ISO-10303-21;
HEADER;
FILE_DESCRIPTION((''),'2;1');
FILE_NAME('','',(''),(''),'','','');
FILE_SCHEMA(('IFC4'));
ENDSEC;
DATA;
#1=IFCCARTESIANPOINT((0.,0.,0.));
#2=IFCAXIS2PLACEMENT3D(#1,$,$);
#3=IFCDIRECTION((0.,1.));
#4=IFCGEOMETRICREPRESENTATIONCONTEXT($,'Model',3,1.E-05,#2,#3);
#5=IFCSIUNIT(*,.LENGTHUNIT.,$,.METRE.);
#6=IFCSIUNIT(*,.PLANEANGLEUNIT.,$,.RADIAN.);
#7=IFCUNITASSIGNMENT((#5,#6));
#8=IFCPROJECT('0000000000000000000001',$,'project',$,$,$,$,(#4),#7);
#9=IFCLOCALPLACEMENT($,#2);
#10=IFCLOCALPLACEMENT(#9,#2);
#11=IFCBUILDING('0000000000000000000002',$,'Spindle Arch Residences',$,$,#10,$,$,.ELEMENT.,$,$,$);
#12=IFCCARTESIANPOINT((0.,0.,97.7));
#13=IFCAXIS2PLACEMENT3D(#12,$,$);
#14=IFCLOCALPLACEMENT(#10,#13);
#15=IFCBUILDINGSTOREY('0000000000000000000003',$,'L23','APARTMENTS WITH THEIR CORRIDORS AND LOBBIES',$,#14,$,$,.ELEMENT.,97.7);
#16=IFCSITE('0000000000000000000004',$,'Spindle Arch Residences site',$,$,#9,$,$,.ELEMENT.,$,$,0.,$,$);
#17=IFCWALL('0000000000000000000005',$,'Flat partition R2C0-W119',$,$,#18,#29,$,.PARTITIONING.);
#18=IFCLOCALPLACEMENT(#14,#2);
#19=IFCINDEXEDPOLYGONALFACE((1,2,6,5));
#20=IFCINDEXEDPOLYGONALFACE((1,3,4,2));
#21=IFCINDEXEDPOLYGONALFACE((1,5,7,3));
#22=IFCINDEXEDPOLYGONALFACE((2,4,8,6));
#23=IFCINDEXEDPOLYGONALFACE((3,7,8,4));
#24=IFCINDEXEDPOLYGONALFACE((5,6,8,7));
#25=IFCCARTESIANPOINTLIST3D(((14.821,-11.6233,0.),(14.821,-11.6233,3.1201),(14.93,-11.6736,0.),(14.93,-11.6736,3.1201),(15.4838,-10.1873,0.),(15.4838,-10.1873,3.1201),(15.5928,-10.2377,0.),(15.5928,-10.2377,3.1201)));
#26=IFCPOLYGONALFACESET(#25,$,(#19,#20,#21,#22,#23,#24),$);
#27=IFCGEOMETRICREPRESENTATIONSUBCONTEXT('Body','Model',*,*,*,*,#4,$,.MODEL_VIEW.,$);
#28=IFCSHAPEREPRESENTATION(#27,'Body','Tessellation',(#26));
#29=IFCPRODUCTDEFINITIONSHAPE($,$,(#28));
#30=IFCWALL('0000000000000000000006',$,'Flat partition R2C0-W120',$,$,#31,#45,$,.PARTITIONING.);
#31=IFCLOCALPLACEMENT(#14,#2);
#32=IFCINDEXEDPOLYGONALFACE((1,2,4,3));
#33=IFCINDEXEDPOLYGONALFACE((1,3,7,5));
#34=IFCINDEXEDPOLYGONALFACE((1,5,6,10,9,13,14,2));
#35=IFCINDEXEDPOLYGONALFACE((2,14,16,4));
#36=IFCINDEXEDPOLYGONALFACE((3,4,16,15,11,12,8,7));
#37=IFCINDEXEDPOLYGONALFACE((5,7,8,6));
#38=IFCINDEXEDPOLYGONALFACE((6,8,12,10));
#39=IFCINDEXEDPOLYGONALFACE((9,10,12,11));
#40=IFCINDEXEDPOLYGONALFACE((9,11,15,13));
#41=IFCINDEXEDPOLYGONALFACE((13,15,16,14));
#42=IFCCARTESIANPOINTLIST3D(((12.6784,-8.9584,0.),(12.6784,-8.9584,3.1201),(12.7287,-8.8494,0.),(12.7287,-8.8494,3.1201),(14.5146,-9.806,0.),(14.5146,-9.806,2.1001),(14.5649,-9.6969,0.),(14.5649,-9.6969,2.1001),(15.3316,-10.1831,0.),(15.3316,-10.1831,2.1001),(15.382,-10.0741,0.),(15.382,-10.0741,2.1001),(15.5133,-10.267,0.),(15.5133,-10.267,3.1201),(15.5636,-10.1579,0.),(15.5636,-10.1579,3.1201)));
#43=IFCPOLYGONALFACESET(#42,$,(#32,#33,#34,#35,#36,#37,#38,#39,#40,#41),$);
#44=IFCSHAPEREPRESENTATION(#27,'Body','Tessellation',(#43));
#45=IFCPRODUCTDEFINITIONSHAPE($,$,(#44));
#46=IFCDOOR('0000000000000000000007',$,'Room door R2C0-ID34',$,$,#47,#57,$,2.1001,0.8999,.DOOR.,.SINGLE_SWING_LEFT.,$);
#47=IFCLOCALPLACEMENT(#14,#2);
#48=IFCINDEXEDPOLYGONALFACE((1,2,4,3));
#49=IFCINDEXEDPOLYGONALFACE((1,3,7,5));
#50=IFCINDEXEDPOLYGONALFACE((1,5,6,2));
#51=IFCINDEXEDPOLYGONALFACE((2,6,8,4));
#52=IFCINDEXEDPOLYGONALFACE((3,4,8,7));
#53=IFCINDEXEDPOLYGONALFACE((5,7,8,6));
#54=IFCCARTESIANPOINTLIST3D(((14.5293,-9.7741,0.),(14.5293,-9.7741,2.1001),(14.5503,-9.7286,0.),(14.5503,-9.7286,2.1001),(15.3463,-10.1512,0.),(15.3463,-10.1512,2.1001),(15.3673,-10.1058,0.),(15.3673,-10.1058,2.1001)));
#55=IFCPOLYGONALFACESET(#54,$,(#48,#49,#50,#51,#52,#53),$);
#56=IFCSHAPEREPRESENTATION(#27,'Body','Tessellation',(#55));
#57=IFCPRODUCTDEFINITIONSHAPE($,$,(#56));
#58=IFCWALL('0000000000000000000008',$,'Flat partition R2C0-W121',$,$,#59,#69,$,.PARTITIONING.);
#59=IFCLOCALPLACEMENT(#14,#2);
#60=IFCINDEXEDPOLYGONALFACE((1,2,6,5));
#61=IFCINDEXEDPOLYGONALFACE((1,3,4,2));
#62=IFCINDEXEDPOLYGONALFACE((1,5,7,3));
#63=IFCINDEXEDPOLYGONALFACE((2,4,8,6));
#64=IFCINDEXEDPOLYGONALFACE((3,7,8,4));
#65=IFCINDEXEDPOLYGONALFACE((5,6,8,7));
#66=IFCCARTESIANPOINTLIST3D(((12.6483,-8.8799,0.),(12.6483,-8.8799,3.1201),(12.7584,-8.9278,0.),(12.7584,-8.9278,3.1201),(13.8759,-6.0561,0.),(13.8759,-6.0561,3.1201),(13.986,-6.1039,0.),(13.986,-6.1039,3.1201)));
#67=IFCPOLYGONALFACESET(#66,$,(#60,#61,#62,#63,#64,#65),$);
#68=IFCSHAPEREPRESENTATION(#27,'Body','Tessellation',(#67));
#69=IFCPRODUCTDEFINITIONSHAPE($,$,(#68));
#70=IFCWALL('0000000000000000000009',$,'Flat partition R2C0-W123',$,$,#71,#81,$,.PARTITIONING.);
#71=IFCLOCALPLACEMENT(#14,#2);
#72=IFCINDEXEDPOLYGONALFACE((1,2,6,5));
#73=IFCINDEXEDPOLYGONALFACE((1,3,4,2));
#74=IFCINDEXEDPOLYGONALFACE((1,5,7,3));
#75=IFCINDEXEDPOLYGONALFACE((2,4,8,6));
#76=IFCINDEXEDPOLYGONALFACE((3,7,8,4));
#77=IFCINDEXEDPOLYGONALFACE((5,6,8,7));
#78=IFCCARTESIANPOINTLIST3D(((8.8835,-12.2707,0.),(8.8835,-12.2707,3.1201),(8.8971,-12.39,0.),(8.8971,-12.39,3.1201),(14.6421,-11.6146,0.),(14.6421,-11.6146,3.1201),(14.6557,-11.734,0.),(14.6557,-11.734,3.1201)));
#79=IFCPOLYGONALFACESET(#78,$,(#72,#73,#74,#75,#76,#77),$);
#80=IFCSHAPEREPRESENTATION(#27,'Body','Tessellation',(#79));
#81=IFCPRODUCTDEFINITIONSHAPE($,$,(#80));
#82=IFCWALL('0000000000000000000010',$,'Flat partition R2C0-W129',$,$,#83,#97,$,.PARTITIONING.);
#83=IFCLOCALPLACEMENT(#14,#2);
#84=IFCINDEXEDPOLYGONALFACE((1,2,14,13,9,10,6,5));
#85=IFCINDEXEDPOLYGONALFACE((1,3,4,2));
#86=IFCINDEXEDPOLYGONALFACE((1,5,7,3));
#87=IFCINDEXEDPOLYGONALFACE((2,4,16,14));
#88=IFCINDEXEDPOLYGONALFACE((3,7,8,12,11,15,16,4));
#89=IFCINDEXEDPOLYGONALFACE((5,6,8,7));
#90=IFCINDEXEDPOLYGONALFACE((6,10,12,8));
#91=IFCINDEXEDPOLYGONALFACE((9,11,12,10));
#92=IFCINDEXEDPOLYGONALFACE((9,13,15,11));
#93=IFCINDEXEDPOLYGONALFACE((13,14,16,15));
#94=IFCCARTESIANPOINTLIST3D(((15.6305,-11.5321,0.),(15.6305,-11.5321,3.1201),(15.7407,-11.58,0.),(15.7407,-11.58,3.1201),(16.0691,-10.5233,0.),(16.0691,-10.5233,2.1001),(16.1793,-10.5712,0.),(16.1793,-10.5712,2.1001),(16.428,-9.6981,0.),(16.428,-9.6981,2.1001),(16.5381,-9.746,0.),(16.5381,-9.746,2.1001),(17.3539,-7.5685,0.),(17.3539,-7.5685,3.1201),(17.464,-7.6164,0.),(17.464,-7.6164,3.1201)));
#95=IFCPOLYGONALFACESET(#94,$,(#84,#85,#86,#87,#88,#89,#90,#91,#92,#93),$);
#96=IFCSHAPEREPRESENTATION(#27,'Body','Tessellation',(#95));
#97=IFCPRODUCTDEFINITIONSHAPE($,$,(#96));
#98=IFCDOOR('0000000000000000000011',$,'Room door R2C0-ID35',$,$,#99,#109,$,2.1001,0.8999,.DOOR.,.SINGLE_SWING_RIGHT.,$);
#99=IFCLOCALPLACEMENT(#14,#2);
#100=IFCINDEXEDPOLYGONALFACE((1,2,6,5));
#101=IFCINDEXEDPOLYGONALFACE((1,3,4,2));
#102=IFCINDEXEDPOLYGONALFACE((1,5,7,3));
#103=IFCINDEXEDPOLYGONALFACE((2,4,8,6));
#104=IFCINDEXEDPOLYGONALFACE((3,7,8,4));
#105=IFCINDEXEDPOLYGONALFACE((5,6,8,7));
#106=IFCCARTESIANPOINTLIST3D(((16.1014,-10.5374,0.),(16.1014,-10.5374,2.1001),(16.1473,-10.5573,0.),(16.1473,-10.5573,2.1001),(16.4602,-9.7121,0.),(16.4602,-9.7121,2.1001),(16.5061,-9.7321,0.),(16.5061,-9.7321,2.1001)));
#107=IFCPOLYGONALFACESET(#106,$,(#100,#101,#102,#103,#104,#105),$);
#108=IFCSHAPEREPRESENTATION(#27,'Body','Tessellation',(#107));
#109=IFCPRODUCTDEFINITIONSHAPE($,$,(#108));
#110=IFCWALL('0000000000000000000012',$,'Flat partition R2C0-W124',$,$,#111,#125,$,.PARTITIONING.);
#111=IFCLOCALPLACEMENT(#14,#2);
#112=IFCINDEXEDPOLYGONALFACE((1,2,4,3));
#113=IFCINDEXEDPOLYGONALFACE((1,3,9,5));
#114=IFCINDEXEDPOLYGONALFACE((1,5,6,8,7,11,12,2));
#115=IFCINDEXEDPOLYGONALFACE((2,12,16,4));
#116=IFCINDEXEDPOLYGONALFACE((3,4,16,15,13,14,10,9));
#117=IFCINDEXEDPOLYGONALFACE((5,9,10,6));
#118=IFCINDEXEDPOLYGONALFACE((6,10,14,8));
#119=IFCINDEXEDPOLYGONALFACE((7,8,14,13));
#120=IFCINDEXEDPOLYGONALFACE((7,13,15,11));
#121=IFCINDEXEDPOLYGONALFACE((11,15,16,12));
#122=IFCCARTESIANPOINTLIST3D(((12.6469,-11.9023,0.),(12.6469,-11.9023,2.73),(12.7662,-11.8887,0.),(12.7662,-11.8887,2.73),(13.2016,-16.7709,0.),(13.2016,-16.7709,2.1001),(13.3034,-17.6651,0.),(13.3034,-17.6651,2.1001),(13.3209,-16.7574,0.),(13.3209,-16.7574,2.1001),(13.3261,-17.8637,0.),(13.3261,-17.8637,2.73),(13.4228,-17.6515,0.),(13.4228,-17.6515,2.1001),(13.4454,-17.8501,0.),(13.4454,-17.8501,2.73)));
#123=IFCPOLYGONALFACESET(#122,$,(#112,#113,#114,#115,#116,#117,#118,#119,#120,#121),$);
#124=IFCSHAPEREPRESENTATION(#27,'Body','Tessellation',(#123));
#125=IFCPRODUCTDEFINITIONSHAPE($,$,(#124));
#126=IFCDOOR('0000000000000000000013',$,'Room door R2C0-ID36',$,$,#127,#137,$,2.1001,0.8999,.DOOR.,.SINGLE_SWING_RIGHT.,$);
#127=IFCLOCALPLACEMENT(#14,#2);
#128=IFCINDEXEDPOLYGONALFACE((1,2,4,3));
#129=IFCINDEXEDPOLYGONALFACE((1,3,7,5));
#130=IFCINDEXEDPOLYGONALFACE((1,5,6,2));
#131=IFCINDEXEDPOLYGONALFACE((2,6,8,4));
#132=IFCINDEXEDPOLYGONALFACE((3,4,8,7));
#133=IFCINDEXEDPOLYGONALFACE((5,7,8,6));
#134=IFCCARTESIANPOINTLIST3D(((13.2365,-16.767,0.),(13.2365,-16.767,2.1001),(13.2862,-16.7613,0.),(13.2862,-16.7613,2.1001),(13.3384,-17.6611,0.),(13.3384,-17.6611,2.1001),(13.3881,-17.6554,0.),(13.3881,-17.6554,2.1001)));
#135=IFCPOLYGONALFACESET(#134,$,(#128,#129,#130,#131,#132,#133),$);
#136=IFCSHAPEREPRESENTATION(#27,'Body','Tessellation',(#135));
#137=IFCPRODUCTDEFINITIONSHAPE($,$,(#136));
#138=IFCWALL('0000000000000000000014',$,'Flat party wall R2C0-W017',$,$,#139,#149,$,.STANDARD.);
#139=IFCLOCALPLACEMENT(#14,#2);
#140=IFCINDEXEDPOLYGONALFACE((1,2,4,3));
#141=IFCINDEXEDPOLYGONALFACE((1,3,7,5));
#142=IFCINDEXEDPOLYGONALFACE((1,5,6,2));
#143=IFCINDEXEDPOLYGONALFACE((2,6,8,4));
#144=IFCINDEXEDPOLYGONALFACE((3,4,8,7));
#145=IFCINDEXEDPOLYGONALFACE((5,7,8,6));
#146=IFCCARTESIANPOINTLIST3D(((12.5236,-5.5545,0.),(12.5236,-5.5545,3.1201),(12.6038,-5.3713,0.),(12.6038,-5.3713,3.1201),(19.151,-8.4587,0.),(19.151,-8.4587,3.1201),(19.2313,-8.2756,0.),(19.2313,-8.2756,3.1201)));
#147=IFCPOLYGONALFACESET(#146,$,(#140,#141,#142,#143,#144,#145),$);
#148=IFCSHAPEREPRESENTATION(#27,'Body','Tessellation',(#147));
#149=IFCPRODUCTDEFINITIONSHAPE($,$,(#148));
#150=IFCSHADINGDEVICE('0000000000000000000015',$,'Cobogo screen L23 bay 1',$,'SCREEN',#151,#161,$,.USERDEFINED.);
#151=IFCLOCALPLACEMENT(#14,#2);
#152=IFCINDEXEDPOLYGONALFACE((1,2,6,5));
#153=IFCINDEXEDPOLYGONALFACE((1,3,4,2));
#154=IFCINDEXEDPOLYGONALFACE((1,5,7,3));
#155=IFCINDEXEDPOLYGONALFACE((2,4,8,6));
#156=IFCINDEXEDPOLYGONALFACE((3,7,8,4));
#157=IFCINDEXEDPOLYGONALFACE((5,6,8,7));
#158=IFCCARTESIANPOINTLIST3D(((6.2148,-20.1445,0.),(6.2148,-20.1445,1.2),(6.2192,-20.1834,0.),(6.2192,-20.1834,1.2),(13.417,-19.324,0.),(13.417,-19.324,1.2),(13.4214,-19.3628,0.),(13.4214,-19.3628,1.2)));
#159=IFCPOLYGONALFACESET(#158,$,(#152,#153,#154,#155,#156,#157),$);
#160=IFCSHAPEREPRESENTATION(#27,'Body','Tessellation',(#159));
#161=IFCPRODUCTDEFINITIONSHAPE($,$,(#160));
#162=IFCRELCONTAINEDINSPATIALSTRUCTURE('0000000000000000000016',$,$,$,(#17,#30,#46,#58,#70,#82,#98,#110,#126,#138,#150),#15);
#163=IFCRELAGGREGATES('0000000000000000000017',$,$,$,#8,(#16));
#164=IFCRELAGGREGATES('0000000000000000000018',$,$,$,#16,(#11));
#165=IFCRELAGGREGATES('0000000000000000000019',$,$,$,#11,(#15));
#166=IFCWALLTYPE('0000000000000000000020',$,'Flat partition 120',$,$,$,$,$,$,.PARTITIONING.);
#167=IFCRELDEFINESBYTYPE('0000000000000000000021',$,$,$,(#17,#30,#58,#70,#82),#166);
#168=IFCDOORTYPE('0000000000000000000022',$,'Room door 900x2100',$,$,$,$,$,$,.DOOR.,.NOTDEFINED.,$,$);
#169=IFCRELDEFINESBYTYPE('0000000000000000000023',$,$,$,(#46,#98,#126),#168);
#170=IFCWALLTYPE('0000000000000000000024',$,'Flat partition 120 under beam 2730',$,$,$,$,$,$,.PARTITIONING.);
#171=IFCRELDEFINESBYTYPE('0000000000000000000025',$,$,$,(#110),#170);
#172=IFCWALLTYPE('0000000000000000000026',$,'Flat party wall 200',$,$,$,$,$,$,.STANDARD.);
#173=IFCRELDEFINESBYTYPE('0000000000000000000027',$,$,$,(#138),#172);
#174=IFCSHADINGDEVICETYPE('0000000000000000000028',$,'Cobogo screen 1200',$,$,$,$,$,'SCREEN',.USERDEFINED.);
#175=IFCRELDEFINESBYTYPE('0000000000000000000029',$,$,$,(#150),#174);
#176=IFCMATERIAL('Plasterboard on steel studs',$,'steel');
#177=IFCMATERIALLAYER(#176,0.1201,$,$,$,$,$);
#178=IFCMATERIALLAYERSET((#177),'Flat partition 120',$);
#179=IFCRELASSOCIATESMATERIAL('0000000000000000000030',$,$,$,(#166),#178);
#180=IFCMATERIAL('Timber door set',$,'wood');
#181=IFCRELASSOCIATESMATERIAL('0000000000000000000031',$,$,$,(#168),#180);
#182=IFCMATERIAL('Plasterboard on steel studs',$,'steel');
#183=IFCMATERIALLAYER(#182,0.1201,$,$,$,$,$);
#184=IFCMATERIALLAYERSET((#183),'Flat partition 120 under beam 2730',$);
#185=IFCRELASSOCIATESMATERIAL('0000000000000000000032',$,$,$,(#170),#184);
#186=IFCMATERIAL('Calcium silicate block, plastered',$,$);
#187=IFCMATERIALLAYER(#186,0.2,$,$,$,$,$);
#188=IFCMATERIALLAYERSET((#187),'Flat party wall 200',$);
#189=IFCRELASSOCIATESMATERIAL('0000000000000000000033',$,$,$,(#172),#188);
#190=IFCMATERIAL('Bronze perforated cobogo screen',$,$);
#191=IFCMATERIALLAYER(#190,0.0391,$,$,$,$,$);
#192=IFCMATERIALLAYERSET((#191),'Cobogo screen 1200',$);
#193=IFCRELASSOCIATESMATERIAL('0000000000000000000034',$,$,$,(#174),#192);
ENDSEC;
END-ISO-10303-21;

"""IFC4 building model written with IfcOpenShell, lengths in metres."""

from ifc_helpers import new_model, si_unit, direction, frame, frame_2d, origin, origin_2d, place, context, subcontext, project, spatial, rectangle, extrude, material, layer, layer_set, type_object, element, fill, save


model = new_model("IFC4")

# Units and contexts
model_context = context("Model", 3, precision=1e-05, world=origin(), true_north=direction((0.0, 1.0)))
body_context = subcontext(model_context, "Body", "Model", "MODEL_VIEW")
ifc_project = project(units=[si_unit("LENGTHUNIT", "METRE"), si_unit("PLANEANGLEUNIT", "RADIAN")], contexts=[model_context])

# Site, building, storey
site_placement = place(None, origin())
site = spatial("IfcSite", under=ifc_project, at=site_placement, Name="Spindle Arch Residences site", CompositionType="ELEMENT", RefElevation=0.0)
building_placement = place(site_placement, origin())
building = spatial("IfcBuilding", under=site, at=building_placement, Name="Spindle Arch Residences", CompositionType="ELEMENT")
storey_placement = place(building_placement, frame((0.0, 0.0, 97.7)))
storey = spatial("IfcBuildingStorey", under=building, at=storey_placement, Name="L23", Description="APARTMENTS WITH THEIR CORRIDORS AND LOBBIES", CompositionType="ELEMENT", Elevation=97.7)

# Shared definitions
ifc_material_1 = material(Name="Plasterboard on steel studs", Category="steel")
ifc_layer_1 = layer(ifc_material_1, 0.1201)
ifc_layer_set_1 = layer_set([ifc_layer_1], Name="Flat partition 120")
wall_type_1 = type_object("IfcWallType", Name="Flat partition 120", PredefinedType="PARTITIONING", material=ifc_layer_set_1)

# Wall
wall_1_placement = place(storey_placement, frame((14.8755, -11.6484, 0.0), z_axis=(0.0, 0.0, 1.0), x_axis=(0.419088, 0.907946, 0.0)))
element("IfcWall", 1, at=wall_1_placement, inside=storey, type_object=wall_type_1, Name="Flat partition R2C0-W119", PredefinedType="PARTITIONING", context=body_context, shape_type="SweptSolid", body=[
    extrude(rectangle(XDim=1.5815, YDim=0.1201, at=frame_2d((0.7908, 0.0))), origin(), (0.0, 0.0, 1.0), 3.1201),
])

# Wall, opening, door
wall_2_placement = place(storey_placement, frame((15.5383, -10.2124, 0.0), z_axis=(0.0, 0.0, 1.0), x_axis=(-0.907941, 0.419098, 0.0)))
wall_2 = element("IfcWall", 2, at=wall_2_placement, inside=storey, type_object=wall_type_1, Name="Flat partition R2C0-W120", PredefinedType="PARTITIONING", context=body_context, shape_type="SweptSolid", body=[
    extrude(rectangle(XDim=3.1223, YDim=0.1201, at=frame_2d((1.561, 0.0))), origin(), (0.0, 0.0, 1.0), 3.1201),
])
opening_1_placement = place(wall_2_placement, frame((0.2, 0.0, 0.0)))
opening_1 = element("IfcOpeningElement", 3, at=opening_1_placement, cuts=wall_2, PredefinedType="OPENING", context=body_context, shape_type="SweptSolid", body=[
    extrude(rectangle(XDim=0.8999, YDim=2.1001, at=frame_2d((0.45, 1.05))), frame((0.0, 0.0701, 0.0), z_axis=(0.0, -1.0, 0.0), x_axis=(1.0, 0.0, 0.0)), (0.0, 0.0, 1.0), 0.1401),
])
ifc_material_2 = material(Name="Timber door set", Category="wood")
door_type_1 = type_object("IfcDoorType", Name="Room door 900x2100", OperationType="NOTDEFINED", PredefinedType="DOOR", material=ifc_material_2)
door_1_placement = place(opening_1_placement, origin())
door_1 = element("IfcDoor", 4, at=door_1_placement, inside=storey, type_object=door_type_1, Name="Room door R2C0-ID34", OperationType="SINGLE_SWING_LEFT", OverallHeight=2.1001, OverallWidth=0.8999, PredefinedType="DOOR", context=body_context, shape_type="SweptSolid", body=[
    extrude(rectangle(XDim=0.8999, YDim=2.1001, at=frame_2d((0.45, 1.05))), frame((0.0, 0.0249, 0.0), z_axis=(0.0, -1.0, 0.0), x_axis=(1.0, 0.0, 0.0)), (0.0, 0.0, 1.0), 0.05),
])
fill(opening_1, door_1)

# Walls
wall_3_placement = place(storey_placement, frame((12.7034, -8.9038, 0.0), z_axis=(0.0, 0.0, 1.0), x_axis=(0.39868, 0.91709, 0.0)))
element("IfcWall", 5, at=wall_3_placement, inside=storey, type_object=wall_type_1, Name="Flat partition R2C0-W121", PredefinedType="PARTITIONING", context=body_context, shape_type="SweptSolid", body=[
    extrude(rectangle(XDim=3.0791, YDim=0.1201, at=frame_2d((1.5396, 0.0))), origin(), (0.0, 0.0, 1.0), 3.1201),
])
wall_4_placement = place(storey_placement, frame((14.6489, -11.6743, 0.0), z_axis=(0.0, 0.0, 1.0), x_axis=(-0.993574, -0.113187, 0.0)))
element("IfcWall", 6, at=wall_4_placement, inside=storey, type_object=wall_type_1, Name="Flat partition R2C0-W123", PredefinedType="PARTITIONING", context=body_context, shape_type="SweptSolid", body=[
    extrude(rectangle(XDim=5.7959, YDim=0.1201, at=frame_2d((2.8979, 0.0))), origin(), (0.0, 0.0, 1.0), 3.1201),
])

# Walls, openings, doors
wall_5_placement = place(storey_placement, frame((15.6855, -11.5562, 0.0), z_axis=(0.0, 0.0, 1.0), x_axis=(0.398741, 0.917064, 0.0)))
wall_5 = element("IfcWall", 7, at=wall_5_placement, inside=storey, type_object=wall_type_1, Name="Flat partition R2C0-W129", PredefinedType="PARTITIONING", context=body_context, shape_type="SweptSolid", body=[
    extrude(rectangle(XDim=4.322, YDim=0.1201, at=frame_2d((2.1611, 0.0))), origin(), (0.0, 0.0, 1.0), 3.1201),
])
opening_2_placement = place(wall_5_placement, frame((1.1001, 0.0, 0.0)))
opening_2 = element("IfcOpeningElement", 8, at=opening_2_placement, cuts=wall_5, PredefinedType="OPENING", context=body_context, shape_type="SweptSolid", body=[
    extrude(rectangle(XDim=0.8999, YDim=2.1001, at=frame_2d((0.45, 1.05))), frame((0.0, 0.0701, 0.0), z_axis=(0.0, -1.0, 0.0), x_axis=(1.0, 0.0, 0.0)), (0.0, 0.0, 1.0), 0.1401),
])
door_2_placement = place(opening_2_placement, origin())
door_2 = element("IfcDoor", 9, at=door_2_placement, inside=storey, type_object=door_type_1, Name="Room door R2C0-ID35", OperationType="SINGLE_SWING_RIGHT", OverallHeight=2.1001, OverallWidth=0.8999, PredefinedType="DOOR", context=body_context, shape_type="SweptSolid", body=[
    extrude(rectangle(XDim=0.8999, YDim=2.1001, at=frame_2d((0.45, 1.05))), frame((0.0, 0.0249, 0.0), z_axis=(0.0, -1.0, 0.0), x_axis=(1.0, 0.0, 0.0)), (0.0, 0.0, 1.0), 0.05),
])
fill(opening_2, door_2)
ifc_material_3 = material(Name="Plasterboard on steel studs", Category="steel")
ifc_layer_2 = layer(ifc_material_3, 0.1201)
ifc_layer_set_2 = layer_set([ifc_layer_2], Name="Flat partition 120 under beam 2730")
wall_type_2 = type_object("IfcWallType", Name="Flat partition 120 under beam 2730", PredefinedType="PARTITIONING", material=ifc_layer_set_2)
wall_6_placement = place(storey_placement, frame((13.3857, -17.8569, 0.0), z_axis=(0.0, 0.0, 1.0), x_axis=(-0.1132, 0.993572, 0.0)))
wall_6 = element("IfcWall", 10, at=wall_6_placement, inside=storey, type_object=wall_type_2, Name="Flat partition R2C0-W124", PredefinedType="PARTITIONING", context=body_context, shape_type="SweptSolid", body=[
    extrude(rectangle(XDim=6.0, YDim=0.1201, at=frame_2d((3.0, 0.0))), origin(), (0.0, 0.0, 1.0), 2.73),
])
opening_3_placement = place(wall_6_placement, frame((0.2, 0.0, 0.0)))
opening_3 = element("IfcOpeningElement", 11, at=opening_3_placement, cuts=wall_6, PredefinedType="OPENING", context=body_context, shape_type="SweptSolid", body=[
    extrude(rectangle(XDim=0.8999, YDim=2.1001, at=frame_2d((0.45, 1.05))), frame((0.0, 0.0701, 0.0), z_axis=(0.0, -1.0, 0.0), x_axis=(1.0, 0.0, 0.0)), (0.0, 0.0, 1.0), 0.1401),
])
door_3_placement = place(opening_3_placement, origin())
door_3 = element("IfcDoor", 12, at=door_3_placement, inside=storey, type_object=door_type_1, Name="Room door R2C0-ID36", OperationType="SINGLE_SWING_RIGHT", OverallHeight=2.1001, OverallWidth=0.8999, PredefinedType="DOOR", context=body_context, shape_type="SweptSolid", body=[
    extrude(rectangle(XDim=0.8999, YDim=2.1001, at=frame_2d((0.45, 1.05))), frame((0.0, 0.0249, 0.0), z_axis=(0.0, -1.0, 0.0), x_axis=(1.0, 0.0, 0.0)), (0.0, 0.0, 1.0), 0.05),
])
fill(opening_3, door_3)

# Wall
ifc_material_4 = material(Name="Calcium silicate block, plastered")
ifc_layer_3 = layer(ifc_material_4, 0.2)
ifc_layer_set_3 = layer_set([ifc_layer_3], Name="Flat party wall 200")
wall_type_3 = type_object("IfcWallType", Name="Flat party wall 200", PredefinedType="STANDARD", material=ifc_layer_set_3)
wall_7_placement = place(storey_placement, frame((12.5637, -5.4629, 0.0), z_axis=(0.0, 0.0, 1.0), x_axis=(0.915914, -0.401375, 0.0)))
element("IfcWall", 13, at=wall_7_placement, inside=storey, type_object=wall_type_3, Name="Flat party wall R2C0-W017", PredefinedType="STANDARD", context=body_context, shape_type="SweptSolid", body=[
    extrude(rectangle(XDim=7.2358, YDim=0.2, at=frame_2d((3.6179, 0.0))), origin(), (0.0, 0.0, 1.0), 3.1201),
])

# Shading device
ifc_material_5 = material(Name="Bronze perforated cobogo screen")
ifc_layer_4 = layer(ifc_material_5, 0.0391)
ifc_layer_set_4 = layer_set([ifc_layer_4], Name="Cobogo screen 1200")
shading_device_type = type_object("IfcShadingDeviceType", Name="Cobogo screen 1200", ElementType="SCREEN", PredefinedType="USERDEFINED", material=ifc_layer_set_4)
shading_device_placement = place(storey_placement, frame((9.8181, -19.7537, 0.0), z_axis=(0.0, 0.0, 1.0), x_axis=(0.993572, 0.113203, 0.0)))
element("IfcShadingDevice", 14, at=shading_device_placement, inside=storey, type_object=shading_device_type, Name="Cobogo screen L23 bay 1", ObjectType="SCREEN", PredefinedType="USERDEFINED", context=body_context, shape_type="SweptSolid", body=[
    extrude(rectangle(XDim=7.2488, YDim=0.0391, at=origin_2d()), origin(), (0.0, 0.0, 1.0), 1.2),
])

save(model, "model.ifc")
